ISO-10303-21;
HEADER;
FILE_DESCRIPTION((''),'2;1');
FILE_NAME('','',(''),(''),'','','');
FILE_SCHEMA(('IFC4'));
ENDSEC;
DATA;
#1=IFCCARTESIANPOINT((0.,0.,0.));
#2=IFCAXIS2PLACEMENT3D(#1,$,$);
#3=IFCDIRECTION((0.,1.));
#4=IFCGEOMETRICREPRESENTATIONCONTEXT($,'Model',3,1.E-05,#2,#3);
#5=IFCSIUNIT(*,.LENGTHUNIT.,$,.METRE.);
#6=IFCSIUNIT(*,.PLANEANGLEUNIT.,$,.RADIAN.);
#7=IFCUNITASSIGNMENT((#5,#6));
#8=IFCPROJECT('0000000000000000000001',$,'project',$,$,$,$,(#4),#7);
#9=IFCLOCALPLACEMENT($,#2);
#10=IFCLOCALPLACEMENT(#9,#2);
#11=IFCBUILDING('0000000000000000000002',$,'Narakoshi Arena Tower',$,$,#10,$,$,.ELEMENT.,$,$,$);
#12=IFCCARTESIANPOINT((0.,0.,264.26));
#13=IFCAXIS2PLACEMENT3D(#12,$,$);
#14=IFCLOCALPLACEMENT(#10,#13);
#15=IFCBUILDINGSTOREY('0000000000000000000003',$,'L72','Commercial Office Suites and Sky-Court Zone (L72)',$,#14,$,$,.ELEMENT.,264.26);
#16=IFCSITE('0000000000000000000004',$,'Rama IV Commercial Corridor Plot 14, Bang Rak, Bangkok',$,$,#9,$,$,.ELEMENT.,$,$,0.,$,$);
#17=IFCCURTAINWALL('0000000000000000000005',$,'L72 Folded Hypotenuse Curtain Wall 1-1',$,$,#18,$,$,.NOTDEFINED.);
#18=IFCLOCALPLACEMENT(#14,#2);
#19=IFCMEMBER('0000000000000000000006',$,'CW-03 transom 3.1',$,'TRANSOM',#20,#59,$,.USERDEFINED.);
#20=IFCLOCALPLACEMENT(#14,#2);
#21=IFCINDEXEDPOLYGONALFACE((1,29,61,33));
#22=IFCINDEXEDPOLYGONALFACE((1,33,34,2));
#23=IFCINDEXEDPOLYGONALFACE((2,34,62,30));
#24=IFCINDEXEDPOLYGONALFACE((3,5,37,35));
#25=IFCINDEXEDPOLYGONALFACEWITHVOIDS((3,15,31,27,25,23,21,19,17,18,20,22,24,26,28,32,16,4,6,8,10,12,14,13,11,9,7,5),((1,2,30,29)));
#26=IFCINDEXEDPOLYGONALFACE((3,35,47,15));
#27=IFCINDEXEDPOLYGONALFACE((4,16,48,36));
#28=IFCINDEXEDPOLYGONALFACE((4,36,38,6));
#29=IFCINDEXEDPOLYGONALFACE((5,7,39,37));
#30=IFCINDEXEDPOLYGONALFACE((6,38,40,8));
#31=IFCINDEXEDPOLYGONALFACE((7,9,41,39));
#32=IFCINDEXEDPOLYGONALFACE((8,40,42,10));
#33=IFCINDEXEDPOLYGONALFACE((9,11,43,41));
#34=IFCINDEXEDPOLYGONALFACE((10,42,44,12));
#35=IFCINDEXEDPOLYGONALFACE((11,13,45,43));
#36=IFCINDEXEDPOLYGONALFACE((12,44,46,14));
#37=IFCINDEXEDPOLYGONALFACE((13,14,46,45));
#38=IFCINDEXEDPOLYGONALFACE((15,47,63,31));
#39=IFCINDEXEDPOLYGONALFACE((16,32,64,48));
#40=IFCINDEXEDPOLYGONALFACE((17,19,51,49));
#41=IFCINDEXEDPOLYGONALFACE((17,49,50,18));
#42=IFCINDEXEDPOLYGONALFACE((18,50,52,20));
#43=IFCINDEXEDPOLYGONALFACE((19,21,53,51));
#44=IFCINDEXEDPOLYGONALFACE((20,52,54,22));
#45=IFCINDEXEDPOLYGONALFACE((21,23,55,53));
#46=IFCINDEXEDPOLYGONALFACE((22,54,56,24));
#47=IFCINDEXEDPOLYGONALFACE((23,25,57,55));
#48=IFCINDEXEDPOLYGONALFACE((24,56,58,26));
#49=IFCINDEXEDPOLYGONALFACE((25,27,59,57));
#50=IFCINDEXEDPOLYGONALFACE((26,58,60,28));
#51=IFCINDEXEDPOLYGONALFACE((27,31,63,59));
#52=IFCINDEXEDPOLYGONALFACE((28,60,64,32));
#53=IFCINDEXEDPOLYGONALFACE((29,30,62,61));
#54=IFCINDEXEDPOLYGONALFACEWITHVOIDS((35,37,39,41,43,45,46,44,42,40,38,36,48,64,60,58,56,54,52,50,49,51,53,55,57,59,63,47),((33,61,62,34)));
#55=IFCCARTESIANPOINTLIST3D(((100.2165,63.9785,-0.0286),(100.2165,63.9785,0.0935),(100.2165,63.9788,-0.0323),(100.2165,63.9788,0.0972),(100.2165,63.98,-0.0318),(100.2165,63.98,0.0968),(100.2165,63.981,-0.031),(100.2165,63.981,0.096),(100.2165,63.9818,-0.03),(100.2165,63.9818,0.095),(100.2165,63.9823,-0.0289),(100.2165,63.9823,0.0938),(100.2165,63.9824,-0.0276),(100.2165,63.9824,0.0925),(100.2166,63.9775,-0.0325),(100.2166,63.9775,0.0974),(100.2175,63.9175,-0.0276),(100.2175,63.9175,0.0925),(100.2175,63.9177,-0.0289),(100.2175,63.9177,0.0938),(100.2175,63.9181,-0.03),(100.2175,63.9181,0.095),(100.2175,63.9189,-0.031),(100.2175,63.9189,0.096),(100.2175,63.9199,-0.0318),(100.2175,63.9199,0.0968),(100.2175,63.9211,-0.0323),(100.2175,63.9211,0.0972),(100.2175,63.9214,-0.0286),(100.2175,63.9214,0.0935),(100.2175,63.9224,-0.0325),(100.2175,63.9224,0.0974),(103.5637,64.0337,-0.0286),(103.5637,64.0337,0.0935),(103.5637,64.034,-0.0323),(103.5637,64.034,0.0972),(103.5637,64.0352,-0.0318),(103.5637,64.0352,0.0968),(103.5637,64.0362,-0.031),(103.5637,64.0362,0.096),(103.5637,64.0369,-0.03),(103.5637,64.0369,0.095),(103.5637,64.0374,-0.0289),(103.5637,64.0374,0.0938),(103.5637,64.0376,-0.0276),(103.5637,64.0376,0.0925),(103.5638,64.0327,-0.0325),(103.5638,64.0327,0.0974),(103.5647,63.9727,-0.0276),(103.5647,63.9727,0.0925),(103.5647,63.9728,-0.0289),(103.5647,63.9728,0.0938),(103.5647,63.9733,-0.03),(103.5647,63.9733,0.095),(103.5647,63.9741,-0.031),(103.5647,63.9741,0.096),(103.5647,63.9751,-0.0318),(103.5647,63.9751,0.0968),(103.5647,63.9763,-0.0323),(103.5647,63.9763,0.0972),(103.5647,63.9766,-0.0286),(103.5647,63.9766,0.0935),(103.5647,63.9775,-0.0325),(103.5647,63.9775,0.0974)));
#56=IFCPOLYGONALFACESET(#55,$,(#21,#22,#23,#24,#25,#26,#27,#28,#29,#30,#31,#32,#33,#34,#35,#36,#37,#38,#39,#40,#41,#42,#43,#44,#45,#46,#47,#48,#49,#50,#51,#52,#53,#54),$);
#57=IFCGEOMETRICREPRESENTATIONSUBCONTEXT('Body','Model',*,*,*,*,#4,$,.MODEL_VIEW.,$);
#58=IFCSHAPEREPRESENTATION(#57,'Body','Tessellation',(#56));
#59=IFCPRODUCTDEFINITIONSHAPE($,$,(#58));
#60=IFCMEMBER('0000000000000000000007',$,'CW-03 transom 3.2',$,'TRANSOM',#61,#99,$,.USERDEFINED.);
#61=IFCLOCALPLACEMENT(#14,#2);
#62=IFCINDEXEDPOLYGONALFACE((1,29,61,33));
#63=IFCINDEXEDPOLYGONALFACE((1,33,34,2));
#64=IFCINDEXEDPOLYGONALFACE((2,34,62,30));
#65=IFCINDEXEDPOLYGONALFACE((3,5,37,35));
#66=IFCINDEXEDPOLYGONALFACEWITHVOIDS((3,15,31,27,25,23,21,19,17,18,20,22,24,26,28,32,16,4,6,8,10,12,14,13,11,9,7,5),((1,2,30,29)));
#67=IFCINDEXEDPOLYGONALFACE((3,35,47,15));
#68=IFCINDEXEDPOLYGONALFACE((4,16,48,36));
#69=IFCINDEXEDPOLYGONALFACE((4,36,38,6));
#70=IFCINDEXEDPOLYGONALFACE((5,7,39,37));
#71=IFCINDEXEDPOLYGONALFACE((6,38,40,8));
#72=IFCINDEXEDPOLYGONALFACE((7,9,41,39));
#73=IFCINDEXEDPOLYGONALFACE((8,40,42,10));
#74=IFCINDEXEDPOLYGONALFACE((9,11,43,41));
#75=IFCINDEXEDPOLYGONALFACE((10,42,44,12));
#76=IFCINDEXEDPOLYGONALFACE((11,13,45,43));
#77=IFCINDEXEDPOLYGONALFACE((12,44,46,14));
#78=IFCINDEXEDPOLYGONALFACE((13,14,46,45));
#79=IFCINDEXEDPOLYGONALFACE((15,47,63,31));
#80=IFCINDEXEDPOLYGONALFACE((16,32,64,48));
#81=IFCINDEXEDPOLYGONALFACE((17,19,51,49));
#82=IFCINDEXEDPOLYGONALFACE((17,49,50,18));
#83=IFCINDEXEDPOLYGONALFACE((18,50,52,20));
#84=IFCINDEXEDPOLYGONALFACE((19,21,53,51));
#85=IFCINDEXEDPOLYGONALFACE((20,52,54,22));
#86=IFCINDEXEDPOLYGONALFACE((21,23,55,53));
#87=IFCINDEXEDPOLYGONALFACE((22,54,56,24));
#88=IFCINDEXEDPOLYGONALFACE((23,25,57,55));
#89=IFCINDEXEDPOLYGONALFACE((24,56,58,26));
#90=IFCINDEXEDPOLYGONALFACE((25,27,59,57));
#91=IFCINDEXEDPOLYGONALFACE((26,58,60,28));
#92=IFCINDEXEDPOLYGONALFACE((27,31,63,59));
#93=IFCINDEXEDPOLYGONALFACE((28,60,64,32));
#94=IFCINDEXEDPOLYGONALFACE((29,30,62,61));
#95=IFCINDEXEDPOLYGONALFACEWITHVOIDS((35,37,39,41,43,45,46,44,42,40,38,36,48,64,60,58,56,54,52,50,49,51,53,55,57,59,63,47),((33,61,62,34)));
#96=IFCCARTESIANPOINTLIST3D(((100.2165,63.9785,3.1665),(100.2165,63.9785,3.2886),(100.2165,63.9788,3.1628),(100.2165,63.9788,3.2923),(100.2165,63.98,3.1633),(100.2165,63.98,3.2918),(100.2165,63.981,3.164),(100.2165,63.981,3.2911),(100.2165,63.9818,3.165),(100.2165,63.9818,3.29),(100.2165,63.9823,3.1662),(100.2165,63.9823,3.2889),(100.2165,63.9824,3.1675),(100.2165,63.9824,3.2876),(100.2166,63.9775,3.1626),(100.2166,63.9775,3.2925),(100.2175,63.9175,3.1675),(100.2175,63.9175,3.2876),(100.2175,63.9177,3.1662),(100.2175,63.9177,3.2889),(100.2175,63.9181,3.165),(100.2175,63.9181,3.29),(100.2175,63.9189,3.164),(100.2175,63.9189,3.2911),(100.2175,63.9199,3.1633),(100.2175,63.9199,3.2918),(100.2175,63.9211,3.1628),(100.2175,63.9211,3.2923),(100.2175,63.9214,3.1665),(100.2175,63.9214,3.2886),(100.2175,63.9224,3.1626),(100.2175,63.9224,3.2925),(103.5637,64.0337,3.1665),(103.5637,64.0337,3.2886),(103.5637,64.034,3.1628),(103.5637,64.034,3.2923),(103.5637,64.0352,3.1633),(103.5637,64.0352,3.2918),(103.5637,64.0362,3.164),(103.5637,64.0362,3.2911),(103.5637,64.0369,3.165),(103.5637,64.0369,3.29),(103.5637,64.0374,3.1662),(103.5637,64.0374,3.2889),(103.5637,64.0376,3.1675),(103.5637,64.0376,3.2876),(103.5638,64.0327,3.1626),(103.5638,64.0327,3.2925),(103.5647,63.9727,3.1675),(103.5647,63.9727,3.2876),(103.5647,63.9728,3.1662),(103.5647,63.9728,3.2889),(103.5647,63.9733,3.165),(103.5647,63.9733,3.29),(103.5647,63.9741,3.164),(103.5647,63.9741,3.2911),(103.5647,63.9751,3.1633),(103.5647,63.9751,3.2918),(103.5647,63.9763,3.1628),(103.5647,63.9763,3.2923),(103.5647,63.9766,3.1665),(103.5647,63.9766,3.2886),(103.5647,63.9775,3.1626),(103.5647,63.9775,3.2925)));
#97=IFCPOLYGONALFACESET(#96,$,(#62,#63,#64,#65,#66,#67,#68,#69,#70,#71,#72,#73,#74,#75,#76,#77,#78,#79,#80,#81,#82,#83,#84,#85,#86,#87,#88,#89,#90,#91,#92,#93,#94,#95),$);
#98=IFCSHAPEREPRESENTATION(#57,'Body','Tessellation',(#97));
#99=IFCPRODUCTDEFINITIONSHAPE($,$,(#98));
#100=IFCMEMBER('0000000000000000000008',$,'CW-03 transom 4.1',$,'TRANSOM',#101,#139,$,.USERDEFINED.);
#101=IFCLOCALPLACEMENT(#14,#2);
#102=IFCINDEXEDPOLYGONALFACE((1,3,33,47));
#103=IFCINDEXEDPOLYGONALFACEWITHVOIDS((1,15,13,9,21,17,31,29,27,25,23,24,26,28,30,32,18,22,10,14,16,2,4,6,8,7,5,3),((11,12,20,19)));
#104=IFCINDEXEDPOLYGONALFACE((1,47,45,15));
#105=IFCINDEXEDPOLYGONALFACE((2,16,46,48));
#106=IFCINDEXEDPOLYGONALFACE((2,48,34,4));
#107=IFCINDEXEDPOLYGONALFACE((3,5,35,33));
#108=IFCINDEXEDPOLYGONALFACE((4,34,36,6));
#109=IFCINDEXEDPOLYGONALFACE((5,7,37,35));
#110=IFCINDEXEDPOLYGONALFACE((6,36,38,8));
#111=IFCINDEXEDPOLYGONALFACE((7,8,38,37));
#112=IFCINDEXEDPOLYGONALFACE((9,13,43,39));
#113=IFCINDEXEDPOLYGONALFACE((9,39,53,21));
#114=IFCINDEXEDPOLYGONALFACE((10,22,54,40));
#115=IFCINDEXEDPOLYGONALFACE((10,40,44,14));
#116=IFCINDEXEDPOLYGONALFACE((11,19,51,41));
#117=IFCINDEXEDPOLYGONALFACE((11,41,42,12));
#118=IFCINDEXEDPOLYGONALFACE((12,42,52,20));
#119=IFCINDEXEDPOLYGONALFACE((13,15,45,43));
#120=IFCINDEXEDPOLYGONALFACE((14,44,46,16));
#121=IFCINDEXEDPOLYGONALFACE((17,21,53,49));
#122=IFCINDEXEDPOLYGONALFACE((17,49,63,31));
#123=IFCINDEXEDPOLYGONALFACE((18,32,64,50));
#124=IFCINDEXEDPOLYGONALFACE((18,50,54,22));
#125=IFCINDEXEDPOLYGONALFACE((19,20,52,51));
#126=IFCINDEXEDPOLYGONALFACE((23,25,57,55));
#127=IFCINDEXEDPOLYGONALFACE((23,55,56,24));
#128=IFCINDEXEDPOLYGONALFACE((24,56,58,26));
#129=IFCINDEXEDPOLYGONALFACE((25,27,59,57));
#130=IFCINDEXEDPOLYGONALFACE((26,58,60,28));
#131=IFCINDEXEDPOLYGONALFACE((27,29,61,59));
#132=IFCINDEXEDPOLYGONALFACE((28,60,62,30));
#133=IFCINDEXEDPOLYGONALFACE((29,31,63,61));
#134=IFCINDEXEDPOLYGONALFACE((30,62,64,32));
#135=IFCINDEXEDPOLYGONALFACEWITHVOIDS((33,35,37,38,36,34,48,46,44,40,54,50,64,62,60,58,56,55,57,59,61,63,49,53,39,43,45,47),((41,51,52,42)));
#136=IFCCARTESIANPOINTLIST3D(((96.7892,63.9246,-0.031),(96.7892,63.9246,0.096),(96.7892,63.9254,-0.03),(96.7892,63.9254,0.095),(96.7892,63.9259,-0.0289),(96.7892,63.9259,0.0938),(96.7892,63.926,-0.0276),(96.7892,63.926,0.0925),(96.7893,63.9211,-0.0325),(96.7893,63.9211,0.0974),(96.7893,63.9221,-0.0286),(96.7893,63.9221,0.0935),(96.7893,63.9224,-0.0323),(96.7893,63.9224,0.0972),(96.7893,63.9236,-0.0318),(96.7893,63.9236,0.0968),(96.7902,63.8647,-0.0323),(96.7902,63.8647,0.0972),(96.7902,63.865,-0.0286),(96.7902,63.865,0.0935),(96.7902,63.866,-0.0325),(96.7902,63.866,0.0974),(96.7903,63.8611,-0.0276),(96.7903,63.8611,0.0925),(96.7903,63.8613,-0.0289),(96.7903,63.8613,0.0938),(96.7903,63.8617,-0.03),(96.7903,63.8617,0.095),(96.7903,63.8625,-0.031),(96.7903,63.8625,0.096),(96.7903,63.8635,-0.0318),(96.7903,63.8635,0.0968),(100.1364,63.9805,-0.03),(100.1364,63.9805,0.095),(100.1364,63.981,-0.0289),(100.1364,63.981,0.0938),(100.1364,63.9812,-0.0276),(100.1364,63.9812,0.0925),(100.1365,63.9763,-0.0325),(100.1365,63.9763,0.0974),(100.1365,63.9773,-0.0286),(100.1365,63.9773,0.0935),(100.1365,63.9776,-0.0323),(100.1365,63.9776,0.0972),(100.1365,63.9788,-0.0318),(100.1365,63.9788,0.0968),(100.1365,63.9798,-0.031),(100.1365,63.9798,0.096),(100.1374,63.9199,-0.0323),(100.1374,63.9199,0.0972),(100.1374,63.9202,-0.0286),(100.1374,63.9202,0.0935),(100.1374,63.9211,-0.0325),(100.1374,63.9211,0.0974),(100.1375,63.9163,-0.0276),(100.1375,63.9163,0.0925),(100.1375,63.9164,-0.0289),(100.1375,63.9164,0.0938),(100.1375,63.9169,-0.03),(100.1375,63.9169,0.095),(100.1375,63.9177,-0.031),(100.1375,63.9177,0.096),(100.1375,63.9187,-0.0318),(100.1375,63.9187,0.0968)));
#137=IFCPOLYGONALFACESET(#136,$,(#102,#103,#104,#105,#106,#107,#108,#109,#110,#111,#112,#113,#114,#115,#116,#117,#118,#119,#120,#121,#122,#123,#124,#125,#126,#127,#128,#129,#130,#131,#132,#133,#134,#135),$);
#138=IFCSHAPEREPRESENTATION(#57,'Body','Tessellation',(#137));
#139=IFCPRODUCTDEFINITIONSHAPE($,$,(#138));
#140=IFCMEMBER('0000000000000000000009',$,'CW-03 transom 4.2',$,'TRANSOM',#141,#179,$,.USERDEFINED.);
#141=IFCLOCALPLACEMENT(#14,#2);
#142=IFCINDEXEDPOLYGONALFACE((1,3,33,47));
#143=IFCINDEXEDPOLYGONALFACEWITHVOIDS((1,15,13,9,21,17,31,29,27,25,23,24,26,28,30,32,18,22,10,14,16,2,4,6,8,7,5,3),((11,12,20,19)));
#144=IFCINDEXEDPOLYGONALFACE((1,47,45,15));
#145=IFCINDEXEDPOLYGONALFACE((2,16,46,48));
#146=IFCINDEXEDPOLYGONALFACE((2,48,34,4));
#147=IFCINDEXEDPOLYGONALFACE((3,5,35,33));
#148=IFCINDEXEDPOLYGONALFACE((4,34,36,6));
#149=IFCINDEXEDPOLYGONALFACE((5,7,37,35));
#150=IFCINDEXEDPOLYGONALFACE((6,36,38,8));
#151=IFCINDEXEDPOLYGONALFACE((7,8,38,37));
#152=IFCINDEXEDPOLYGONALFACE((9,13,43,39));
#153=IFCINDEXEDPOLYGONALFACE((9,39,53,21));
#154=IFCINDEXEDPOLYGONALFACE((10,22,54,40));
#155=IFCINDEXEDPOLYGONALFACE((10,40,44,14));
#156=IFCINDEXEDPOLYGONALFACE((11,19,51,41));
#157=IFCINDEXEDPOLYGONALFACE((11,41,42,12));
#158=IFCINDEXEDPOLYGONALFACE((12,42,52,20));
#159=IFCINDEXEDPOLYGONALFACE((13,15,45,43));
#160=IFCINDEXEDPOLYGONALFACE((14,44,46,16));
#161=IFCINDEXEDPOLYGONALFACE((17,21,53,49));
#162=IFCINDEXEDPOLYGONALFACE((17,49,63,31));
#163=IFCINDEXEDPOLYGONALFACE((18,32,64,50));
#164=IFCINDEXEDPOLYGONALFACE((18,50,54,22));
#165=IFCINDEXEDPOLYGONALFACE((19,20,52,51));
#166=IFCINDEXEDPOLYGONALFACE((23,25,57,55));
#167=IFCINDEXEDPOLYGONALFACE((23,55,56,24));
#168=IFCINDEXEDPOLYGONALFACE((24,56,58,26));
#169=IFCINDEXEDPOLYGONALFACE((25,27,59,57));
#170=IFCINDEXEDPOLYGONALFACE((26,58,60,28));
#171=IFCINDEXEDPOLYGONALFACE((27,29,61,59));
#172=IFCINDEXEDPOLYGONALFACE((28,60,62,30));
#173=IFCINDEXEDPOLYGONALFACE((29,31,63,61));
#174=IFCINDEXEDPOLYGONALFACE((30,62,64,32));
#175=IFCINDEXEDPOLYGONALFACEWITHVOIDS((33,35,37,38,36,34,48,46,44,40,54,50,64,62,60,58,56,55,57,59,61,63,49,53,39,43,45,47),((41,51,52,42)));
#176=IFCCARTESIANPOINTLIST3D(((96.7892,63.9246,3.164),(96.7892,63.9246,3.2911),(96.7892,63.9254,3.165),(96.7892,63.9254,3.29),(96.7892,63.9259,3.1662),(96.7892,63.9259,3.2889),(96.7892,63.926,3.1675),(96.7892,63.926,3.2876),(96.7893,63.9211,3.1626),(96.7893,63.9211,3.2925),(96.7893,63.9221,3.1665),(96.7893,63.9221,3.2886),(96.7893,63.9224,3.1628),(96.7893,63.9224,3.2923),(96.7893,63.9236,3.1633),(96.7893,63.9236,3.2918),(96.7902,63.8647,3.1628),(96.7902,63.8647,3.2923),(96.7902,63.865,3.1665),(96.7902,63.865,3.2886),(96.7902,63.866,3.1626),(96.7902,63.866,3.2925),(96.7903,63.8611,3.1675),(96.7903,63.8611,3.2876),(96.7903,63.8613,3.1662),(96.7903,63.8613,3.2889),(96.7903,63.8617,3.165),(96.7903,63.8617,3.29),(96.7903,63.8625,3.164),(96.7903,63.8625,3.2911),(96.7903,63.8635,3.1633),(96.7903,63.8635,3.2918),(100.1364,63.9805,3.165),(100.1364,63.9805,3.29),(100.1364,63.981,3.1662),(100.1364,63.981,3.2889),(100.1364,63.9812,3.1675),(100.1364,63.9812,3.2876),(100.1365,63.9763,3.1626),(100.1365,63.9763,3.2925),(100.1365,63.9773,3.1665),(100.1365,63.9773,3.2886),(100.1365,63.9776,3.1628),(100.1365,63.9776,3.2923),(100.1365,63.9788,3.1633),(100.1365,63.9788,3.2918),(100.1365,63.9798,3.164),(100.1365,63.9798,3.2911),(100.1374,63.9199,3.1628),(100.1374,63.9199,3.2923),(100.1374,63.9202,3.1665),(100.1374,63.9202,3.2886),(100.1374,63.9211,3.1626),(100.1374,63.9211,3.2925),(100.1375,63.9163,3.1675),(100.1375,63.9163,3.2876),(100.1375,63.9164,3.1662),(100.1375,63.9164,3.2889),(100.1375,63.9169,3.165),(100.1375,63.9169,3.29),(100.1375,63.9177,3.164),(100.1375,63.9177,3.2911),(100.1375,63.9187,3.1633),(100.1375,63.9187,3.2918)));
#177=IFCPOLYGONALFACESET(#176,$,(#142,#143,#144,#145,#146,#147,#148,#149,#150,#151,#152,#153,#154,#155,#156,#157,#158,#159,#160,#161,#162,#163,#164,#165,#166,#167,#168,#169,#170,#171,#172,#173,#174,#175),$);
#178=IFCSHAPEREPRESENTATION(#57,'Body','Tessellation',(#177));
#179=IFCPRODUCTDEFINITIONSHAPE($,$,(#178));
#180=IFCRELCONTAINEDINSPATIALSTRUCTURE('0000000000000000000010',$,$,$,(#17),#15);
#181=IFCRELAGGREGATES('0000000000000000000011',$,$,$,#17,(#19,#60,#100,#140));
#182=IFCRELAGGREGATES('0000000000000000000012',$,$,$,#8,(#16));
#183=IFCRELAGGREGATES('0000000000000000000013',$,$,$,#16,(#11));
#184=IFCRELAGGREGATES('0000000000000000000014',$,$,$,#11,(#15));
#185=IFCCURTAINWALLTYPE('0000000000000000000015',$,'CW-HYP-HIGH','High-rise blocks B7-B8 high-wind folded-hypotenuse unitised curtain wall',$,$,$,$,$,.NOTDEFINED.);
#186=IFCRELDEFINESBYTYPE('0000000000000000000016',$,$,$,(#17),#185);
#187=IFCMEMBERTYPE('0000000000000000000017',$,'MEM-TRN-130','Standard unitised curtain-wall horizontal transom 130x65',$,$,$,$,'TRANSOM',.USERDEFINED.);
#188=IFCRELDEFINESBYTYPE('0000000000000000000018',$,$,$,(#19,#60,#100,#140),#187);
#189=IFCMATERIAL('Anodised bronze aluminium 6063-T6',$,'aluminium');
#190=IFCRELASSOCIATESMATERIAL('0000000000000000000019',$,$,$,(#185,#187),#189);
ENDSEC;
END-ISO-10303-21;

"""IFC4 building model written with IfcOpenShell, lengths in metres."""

from ifc_helpers import new_model, si_unit, direction, frame, origin, origin_2d, place, context, subcontext, project, spatial, hollow_rectangle, extrude, material, material_profile, profile_set, type_object, element, aggregate, save


model = new_model("IFC4")

# Units and contexts
model_context = context("Model", 3, precision=1e-05, world=origin(), true_north=direction((0.0, 1.0)))
body_context = subcontext(model_context, "Body", "Model", "MODEL_VIEW")
ifc_project = project(units=[si_unit("LENGTHUNIT", "METRE"), si_unit("PLANEANGLEUNIT", "RADIAN")], contexts=[model_context])

# Site, building, storey
site_placement = place(None, origin())
site = spatial("IfcSite", under=ifc_project, at=site_placement, Name="Rama IV Commercial Corridor Plot 14, Bang Rak, Bangkok", CompositionType="ELEMENT", RefElevation=0.0)
building_placement = place(site_placement, origin())
building = spatial("IfcBuilding", under=site, at=building_placement, Name="Narakoshi Arena Tower", CompositionType="ELEMENT")
storey_placement = place(building_placement, frame((0.0, 0.0, 264.26)))
storey = spatial("IfcBuildingStorey", under=building, at=storey_placement, Name="L72", Description="Commercial Office Suites and Sky-Court Zone (L72)", CompositionType="ELEMENT", Elevation=264.26)

# Curtain wall, members
ifc_material_1 = material(Name="Anodised bronze aluminium 6063-T6", Category="aluminium")
curtain_wall_type = type_object("IfcCurtainWallType", Name="CW-HYP-HIGH", Description="High-rise blocks B7-B8 high-wind folded-hypotenuse unitised curtain wall", PredefinedType="NOTDEFINED", material=ifc_material_1)
curtain_wall_placement = place(storey_placement, origin())
curtain_wall = element("IfcCurtainWall", 1, at=curtain_wall_placement, inside=storey, type_object=curtain_wall_type, Name="L72 Folded Hypotenuse Curtain Wall 1-1", PredefinedType="NOTDEFINED")
ifc_material_profile_1 = material_profile(ifc_material_1, hollow_rectangle(XDim=0.0649, YDim=0.1299, WallThickness=0.0039, OuterFilletRadius=0.0049, at=origin_2d()), Name="TRN130x65x4")
ifc_profile_set_1 = profile_set([ifc_material_profile_1], Name="Anodised bronze aluminium 6063-T6")
member_type_1 = type_object("IfcMemberType", Name="MEM-TRN-130", Description="Standard unitised curtain-wall horizontal transom 130x65", ElementType="TRANSOM", PredefinedType="USERDEFINED", material=ifc_profile_set_1)
member_1_placement = place(storey_placement, frame((103.5642, 64.0051, 0.0325), z_axis=(-0.999864, -0.016482, 0.0), x_axis=(0.016482, -0.999864, 0.0)))
member_1 = element("IfcMember", 2, at=member_1_placement, type_object=member_type_1, Name="CW-03 transom 3.1", ObjectType="TRANSOM", PredefinedType="USERDEFINED", context=body_context, shape_type="SweptSolid", body=[
    extrude(hollow_rectangle(XDim=0.0649, YDim=0.1299, WallThickness=0.0039, OuterFilletRadius=0.0049, at=origin_2d()), origin(), (0.0, 0.0, 1.0), 3.3477),
])
member_2_placement = place(storey_placement, frame((103.5642, 64.0051, 3.2275), z_axis=(-0.999864, -0.016482, 0.0), x_axis=(0.016482, -0.999864, 0.0)))
member_2 = element("IfcMember", 3, at=member_2_placement, type_object=member_type_1, Name="CW-03 transom 3.2", ObjectType="TRANSOM", PredefinedType="USERDEFINED", context=body_context, shape_type="SweptSolid", body=[
    extrude(hollow_rectangle(XDim=0.0649, YDim=0.1299, WallThickness=0.0039, OuterFilletRadius=0.0049, at=origin_2d()), origin(), (0.0, 0.0, 1.0), 3.3477),
])
member_3_placement = place(storey_placement, frame((100.137, 63.9487, 0.0325), z_axis=(-0.999864, -0.016482, 0.0), x_axis=(0.016482, -0.999864, 0.0)))
member_3 = element("IfcMember", 4, at=member_3_placement, type_object=member_type_1, Name="CW-03 transom 4.1", ObjectType="TRANSOM", PredefinedType="USERDEFINED", context=body_context, shape_type="SweptSolid", body=[
    extrude(hollow_rectangle(XDim=0.0649, YDim=0.1299, WallThickness=0.0039, OuterFilletRadius=0.0049, at=origin_2d()), origin(), (0.0, 0.0, 1.0), 3.3477),
])
member_4_placement = place(storey_placement, frame((100.137, 63.9487, 3.2275), z_axis=(-0.999864, -0.016482, 0.0), x_axis=(0.016482, -0.999864, 0.0)))
member_4 = element("IfcMember", 5, at=member_4_placement, type_object=member_type_1, Name="CW-03 transom 4.2", ObjectType="TRANSOM", PredefinedType="USERDEFINED", context=body_context, shape_type="SweptSolid", body=[
    extrude(hollow_rectangle(XDim=0.0649, YDim=0.1299, WallThickness=0.0039, OuterFilletRadius=0.0049, at=origin_2d()), origin(), (0.0, 0.0, 1.0), 3.3477),
])
aggregate(curtain_wall, [member_1, member_2, member_3, member_4])

save(model, "model.ifc")
